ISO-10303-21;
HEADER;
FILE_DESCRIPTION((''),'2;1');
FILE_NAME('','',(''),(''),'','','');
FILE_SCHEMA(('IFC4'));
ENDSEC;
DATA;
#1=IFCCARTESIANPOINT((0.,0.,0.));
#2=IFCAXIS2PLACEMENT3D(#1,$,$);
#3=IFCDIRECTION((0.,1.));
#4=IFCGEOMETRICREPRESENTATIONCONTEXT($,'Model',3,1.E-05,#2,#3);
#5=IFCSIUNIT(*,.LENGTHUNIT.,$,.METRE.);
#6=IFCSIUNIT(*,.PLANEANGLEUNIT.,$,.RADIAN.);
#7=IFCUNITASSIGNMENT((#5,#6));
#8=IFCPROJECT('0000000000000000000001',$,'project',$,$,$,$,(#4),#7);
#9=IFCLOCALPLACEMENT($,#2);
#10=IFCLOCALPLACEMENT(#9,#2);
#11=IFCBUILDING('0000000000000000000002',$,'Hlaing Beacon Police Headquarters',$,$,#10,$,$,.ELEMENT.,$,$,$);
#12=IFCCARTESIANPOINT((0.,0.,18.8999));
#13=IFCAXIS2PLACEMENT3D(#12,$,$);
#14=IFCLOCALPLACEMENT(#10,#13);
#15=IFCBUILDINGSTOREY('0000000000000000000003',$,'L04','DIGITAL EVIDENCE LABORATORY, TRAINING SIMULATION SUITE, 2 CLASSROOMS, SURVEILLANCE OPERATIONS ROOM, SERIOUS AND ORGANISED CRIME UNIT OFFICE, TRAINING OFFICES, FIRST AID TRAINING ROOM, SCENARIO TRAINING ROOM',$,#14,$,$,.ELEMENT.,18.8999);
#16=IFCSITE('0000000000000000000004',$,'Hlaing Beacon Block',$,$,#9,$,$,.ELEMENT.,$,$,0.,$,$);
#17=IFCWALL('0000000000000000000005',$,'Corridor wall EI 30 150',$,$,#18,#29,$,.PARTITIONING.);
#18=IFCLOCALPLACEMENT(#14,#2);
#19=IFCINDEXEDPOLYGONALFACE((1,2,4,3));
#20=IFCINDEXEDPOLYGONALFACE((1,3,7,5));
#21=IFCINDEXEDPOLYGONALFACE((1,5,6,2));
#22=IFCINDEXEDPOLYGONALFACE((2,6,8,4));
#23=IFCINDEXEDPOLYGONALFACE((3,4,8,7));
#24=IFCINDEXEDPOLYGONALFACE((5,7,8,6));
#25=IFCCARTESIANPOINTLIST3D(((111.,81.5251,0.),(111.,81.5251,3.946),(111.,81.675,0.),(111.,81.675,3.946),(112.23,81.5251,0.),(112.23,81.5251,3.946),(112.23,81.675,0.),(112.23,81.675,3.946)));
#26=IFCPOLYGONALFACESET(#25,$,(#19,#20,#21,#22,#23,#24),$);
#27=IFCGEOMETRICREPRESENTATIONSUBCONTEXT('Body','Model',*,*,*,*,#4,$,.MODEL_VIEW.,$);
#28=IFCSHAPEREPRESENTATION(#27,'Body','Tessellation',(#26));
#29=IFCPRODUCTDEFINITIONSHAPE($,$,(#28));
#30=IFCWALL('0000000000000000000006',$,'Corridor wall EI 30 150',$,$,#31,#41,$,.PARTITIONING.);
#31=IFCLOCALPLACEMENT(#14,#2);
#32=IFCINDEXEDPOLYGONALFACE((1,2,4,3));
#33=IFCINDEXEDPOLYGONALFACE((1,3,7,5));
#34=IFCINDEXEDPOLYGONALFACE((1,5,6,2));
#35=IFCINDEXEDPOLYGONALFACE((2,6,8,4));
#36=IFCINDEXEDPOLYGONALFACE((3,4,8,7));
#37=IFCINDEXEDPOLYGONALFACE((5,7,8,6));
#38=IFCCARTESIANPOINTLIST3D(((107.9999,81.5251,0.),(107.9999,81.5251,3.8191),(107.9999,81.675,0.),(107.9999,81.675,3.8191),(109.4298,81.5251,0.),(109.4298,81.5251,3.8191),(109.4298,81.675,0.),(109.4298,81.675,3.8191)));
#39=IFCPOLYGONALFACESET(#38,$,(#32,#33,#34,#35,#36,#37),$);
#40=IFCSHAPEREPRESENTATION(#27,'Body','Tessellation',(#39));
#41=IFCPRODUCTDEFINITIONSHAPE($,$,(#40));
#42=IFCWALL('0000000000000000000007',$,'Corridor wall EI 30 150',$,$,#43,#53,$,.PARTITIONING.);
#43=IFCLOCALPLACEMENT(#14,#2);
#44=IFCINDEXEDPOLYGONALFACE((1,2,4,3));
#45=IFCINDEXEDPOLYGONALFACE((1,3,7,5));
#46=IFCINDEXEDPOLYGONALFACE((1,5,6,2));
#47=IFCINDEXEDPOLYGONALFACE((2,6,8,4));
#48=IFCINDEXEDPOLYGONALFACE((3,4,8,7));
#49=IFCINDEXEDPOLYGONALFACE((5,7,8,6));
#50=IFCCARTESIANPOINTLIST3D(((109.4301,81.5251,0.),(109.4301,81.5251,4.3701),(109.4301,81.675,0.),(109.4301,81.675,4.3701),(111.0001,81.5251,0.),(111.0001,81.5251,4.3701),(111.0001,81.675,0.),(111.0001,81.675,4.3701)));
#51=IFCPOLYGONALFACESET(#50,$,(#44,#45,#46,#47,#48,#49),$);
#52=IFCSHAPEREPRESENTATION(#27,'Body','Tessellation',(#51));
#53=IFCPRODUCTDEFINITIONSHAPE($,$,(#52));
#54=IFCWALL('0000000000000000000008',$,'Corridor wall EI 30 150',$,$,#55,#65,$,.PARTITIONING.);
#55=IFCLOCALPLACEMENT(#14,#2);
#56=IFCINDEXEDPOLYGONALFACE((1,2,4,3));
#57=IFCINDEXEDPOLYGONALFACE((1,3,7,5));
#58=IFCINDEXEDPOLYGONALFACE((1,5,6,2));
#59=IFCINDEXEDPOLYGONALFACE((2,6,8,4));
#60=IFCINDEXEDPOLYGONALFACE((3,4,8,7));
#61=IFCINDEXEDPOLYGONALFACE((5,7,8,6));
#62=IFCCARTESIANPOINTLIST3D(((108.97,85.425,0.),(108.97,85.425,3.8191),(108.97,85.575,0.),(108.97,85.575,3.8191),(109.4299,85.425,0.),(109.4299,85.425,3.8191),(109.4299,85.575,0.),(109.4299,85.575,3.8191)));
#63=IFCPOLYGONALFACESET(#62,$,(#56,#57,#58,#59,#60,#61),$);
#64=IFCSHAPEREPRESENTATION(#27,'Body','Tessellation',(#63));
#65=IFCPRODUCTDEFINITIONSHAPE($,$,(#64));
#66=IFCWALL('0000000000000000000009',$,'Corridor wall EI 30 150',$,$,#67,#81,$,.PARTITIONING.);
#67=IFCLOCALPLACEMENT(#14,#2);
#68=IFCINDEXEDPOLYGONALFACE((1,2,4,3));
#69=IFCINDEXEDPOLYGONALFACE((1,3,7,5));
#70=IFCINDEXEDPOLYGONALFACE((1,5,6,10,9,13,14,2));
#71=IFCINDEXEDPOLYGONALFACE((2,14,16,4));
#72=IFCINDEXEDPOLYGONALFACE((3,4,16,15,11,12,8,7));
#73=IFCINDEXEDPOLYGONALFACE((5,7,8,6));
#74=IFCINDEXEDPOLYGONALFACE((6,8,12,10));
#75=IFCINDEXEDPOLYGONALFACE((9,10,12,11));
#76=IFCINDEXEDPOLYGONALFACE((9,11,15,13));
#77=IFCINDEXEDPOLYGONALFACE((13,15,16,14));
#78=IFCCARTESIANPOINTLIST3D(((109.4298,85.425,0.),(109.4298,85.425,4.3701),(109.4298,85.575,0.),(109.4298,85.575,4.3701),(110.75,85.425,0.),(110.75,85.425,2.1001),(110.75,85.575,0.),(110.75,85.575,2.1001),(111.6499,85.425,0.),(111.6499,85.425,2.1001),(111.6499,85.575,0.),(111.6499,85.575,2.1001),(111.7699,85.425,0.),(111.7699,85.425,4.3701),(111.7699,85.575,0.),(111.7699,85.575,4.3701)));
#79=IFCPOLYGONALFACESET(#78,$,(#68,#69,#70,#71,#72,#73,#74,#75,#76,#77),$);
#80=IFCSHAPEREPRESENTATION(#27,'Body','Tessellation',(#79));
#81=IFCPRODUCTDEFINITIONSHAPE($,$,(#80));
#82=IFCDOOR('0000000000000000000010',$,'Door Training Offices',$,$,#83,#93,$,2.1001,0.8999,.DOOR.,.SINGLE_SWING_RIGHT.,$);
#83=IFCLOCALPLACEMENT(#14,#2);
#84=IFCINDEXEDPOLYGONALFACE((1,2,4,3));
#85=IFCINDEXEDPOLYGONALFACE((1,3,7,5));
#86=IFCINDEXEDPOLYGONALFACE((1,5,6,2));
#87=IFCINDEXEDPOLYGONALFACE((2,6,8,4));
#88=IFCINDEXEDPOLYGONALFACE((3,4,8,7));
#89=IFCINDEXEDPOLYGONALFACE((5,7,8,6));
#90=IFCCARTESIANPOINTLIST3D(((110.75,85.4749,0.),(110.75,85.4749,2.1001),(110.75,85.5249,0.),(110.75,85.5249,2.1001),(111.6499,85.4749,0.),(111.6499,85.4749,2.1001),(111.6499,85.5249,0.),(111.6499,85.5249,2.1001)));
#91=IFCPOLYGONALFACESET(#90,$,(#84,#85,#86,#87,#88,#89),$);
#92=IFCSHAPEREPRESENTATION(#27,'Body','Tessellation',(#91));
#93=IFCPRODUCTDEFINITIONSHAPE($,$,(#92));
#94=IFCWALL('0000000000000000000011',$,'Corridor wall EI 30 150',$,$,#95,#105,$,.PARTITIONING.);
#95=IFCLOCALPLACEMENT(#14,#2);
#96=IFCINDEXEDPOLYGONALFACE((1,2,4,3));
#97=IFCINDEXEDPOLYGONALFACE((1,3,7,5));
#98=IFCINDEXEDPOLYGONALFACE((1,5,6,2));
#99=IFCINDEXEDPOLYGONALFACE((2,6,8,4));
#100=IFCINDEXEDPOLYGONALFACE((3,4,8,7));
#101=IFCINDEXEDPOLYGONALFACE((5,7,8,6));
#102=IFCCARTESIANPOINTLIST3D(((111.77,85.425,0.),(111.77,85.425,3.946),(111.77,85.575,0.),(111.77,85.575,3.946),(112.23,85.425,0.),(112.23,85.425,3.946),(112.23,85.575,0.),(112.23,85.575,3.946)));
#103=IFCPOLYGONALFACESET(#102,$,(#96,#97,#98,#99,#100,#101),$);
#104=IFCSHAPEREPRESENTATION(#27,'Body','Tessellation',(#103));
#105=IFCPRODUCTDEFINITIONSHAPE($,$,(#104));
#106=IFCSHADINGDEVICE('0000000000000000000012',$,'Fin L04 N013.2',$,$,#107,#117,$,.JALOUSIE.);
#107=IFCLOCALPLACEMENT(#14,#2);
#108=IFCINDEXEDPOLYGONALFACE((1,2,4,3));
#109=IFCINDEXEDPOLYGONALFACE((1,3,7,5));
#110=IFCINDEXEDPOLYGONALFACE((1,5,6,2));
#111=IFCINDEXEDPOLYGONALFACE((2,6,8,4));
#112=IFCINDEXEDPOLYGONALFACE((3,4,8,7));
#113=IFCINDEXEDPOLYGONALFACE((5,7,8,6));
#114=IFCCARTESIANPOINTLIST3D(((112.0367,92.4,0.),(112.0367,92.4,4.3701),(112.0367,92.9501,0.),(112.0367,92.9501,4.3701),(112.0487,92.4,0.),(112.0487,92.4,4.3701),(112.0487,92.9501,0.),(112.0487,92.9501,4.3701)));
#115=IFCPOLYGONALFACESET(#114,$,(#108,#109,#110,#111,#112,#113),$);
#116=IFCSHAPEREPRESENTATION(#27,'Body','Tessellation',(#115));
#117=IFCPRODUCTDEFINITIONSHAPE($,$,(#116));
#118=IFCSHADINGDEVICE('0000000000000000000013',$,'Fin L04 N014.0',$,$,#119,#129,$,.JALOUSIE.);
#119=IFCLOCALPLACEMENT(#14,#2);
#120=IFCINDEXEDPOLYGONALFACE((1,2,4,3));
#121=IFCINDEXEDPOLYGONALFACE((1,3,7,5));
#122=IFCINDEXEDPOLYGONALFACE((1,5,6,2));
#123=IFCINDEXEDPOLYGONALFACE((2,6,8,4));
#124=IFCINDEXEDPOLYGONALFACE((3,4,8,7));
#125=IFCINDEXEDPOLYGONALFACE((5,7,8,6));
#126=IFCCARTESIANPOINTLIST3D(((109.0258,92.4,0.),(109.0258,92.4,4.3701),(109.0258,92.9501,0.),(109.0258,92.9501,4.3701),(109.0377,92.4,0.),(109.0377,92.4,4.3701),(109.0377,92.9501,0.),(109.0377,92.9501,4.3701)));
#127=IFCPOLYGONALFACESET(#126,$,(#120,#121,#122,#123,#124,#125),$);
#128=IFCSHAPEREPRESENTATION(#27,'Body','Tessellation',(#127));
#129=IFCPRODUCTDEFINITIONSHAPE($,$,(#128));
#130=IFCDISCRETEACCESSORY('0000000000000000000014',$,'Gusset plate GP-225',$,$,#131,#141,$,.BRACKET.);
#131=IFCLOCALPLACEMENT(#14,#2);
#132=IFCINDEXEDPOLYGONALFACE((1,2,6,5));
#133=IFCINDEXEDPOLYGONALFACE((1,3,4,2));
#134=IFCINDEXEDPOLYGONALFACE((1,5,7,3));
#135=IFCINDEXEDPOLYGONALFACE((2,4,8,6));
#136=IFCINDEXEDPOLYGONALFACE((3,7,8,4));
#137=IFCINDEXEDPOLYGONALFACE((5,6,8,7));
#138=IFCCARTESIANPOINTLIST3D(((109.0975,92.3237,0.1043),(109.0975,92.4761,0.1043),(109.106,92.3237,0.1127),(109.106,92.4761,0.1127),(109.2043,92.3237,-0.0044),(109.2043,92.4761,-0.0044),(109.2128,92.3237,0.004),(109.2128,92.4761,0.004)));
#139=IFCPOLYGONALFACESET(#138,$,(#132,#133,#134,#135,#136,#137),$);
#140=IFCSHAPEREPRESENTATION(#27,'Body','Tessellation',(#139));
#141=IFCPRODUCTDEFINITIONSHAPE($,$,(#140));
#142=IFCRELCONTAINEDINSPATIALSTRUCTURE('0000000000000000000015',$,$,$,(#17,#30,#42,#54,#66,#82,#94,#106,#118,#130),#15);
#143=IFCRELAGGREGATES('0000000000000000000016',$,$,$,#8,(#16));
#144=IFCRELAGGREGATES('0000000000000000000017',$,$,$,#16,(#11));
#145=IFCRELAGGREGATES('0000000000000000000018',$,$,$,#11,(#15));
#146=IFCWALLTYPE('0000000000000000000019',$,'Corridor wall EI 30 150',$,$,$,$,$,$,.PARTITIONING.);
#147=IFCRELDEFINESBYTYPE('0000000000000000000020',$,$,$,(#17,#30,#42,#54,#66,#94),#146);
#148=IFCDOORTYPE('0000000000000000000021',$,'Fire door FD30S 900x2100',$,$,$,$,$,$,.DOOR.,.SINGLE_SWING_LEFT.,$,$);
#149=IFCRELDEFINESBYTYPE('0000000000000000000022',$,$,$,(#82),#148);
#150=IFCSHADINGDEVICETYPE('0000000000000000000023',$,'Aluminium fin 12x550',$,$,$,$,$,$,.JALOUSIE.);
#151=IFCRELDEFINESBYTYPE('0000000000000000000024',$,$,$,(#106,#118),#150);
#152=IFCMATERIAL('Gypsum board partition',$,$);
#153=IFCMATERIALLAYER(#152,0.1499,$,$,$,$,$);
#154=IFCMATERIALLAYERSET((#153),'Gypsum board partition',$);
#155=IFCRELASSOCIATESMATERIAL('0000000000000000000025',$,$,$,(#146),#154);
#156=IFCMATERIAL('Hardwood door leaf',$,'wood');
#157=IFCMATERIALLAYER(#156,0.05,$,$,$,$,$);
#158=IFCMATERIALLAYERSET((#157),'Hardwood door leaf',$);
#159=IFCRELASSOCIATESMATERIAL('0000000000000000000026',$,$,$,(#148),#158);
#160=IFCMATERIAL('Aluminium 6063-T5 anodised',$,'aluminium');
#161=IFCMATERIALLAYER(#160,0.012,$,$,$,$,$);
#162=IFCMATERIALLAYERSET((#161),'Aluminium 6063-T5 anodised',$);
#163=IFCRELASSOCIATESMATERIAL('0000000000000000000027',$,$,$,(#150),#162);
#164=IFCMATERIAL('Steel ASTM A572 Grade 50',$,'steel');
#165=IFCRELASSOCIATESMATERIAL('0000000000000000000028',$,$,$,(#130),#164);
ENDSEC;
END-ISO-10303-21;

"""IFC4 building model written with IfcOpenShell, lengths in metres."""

from ifc_helpers import new_model, si_unit, direction, frame, frame_2d, origin, origin_2d, place, context, subcontext, project, spatial, rectangle, extrude, material, layer, layer_set, type_object, element, fill, save


model = new_model("IFC4")

# Units and contexts
model_context = context("Model", 3, precision=1e-05, world=origin(), true_north=direction((0.0, 1.0)))
body_context = subcontext(model_context, "Body", "Model", "MODEL_VIEW")
ifc_project = project(units=[si_unit("LENGTHUNIT", "METRE"), si_unit("PLANEANGLEUNIT", "RADIAN")], contexts=[model_context])

# Site, building, storey
site_placement = place(None, origin())
site = spatial("IfcSite", under=ifc_project, at=site_placement, Name="Hlaing Beacon Block", CompositionType="ELEMENT", RefElevation=0.0)
building_placement = place(site_placement, origin())
building = spatial("IfcBuilding", under=site, at=building_placement, Name="Hlaing Beacon Police Headquarters", CompositionType="ELEMENT")
storey_placement = place(building_placement, frame((0.0, 0.0, 18.8999)))
storey = spatial("IfcBuildingStorey", under=building, at=storey_placement, Name="L04", Description="DIGITAL EVIDENCE LABORATORY, TRAINING SIMULATION SUITE, 2 CLASSROOMS, SURVEILLANCE OPERATIONS ROOM, SERIOUS AND ORGANISED CRIME UNIT OFFICE, TRAINING OFFICES, FIRST AID TRAINING ROOM, SCENARIO TRAINING ROOM", CompositionType="ELEMENT", Elevation=18.8999)

# Walls
ifc_material_1 = material(Name="Gypsum board partition")
ifc_layer_1 = layer(ifc_material_1, 0.1499)
ifc_layer_set_1 = layer_set([ifc_layer_1], Name="Gypsum board partition")
wall_type = type_object("IfcWallType", Name="Corridor wall EI 30 150", PredefinedType="PARTITIONING", material=ifc_layer_set_1)
wall_1_placement = place(storey_placement, frame((111.0, 81.6001, 0.0), z_axis=(0.0, 0.0, 1.0), x_axis=(1.0, 0.0, 0.0)))
element("IfcWall", 1, at=wall_1_placement, inside=storey, type_object=wall_type, Name="Corridor wall EI 30 150", PredefinedType="PARTITIONING", context=body_context, shape_type="SweptSolid", body=[
    extrude(rectangle(XDim=1.23, YDim=0.1499, at=frame_2d((0.615, 0.0))), origin(), (0.0, 0.0, 1.0), 3.946),
])
wall_2_placement = place(storey_placement, frame((108.0, 81.6001, 0.0), z_axis=(0.0, 0.0, 1.0), x_axis=(1.0, 0.0, 0.0)))
element("IfcWall", 2, at=wall_2_placement, inside=storey, type_object=wall_type, Name="Corridor wall EI 30 150", PredefinedType="PARTITIONING", context=body_context, shape_type="SweptSolid", body=[
    extrude(rectangle(XDim=1.4299, YDim=0.1499, at=frame_2d((0.7148, 0.0))), origin(), (0.0, 0.0, 1.0), 3.8191),
])
wall_3_placement = place(storey_placement, frame((109.4299, 81.6001, 0.0), z_axis=(0.0, 0.0, 1.0), x_axis=(1.0, 0.0, 0.0)))
element("IfcWall", 3, at=wall_3_placement, inside=storey, type_object=wall_type, Name="Corridor wall EI 30 150", PredefinedType="PARTITIONING", context=body_context, shape_type="SweptSolid", body=[
    extrude(rectangle(XDim=1.5701, YDim=0.1499, at=frame_2d((0.7852, 0.0))), origin(), (0.0, 0.0, 1.0), 4.3701),
])
wall_4_placement = place(storey_placement, frame((108.97, 85.5, 0.0), z_axis=(0.0, 0.0, 1.0), x_axis=(1.0, 0.0, 0.0)))
element("IfcWall", 4, at=wall_4_placement, inside=storey, type_object=wall_type, Name="Corridor wall EI 30 150", PredefinedType="PARTITIONING", context=body_context, shape_type="SweptSolid", body=[
    extrude(rectangle(XDim=0.46, YDim=0.1499, at=frame_2d((0.23, 0.0))), origin(), (0.0, 0.0, 1.0), 3.8191),
])

# Wall, opening, door
wall_5_placement = place(storey_placement, frame((109.4299, 85.5, 0.0), z_axis=(0.0, 0.0, 1.0), x_axis=(1.0, 0.0, 0.0)))
wall_5 = element("IfcWall", 5, at=wall_5_placement, inside=storey, type_object=wall_type, Name="Corridor wall EI 30 150", PredefinedType="PARTITIONING", context=body_context, shape_type="SweptSolid", body=[
    extrude(rectangle(XDim=2.3401, YDim=0.1499, at=frame_2d((1.1699, 0.0))), origin(), (0.0, 0.0, 1.0), 4.3701),
])
opening_placement = place(wall_5_placement, frame((1.3201, 0.0, 0.0)))
opening = element("IfcOpeningElement", 6, at=opening_placement, cuts=wall_5, PredefinedType="OPENING", context=body_context, shape_type="SweptSolid", body=[
    extrude(rectangle(XDim=0.8999, YDim=2.1001, at=frame_2d((0.45, 1.05))), frame((0.0, 0.085, 0.0), z_axis=(0.0, -1.0, 0.0), x_axis=(1.0, 0.0, 0.0)), (0.0, 0.0, 1.0), 0.1699),
])
ifc_material_2 = material(Name="Hardwood door leaf", Category="wood")
ifc_layer_2 = layer(ifc_material_2, 0.05)
ifc_layer_set_2 = layer_set([ifc_layer_2], Name="Hardwood door leaf")
door_type = type_object("IfcDoorType", Name="Fire door FD30S 900x2100", OperationType="SINGLE_SWING_LEFT", PredefinedType="DOOR", material=ifc_layer_set_2)
door_placement = place(opening_placement, origin())
door = element("IfcDoor", 7, at=door_placement, inside=storey, type_object=door_type, Name="Door Training Offices", OperationType="SINGLE_SWING_RIGHT", OverallHeight=2.1001, OverallWidth=0.8999, PredefinedType="DOOR", context=body_context, shape_type="SweptSolid", body=[
    extrude(rectangle(XDim=0.8999, YDim=2.1001, at=frame_2d((0.45, 1.05))), frame((0.0, 0.0249, 0.0), z_axis=(0.0, -1.0, 0.0), x_axis=(1.0, 0.0, 0.0)), (0.0, 0.0, 1.0), 0.05),
])
fill(opening, door)

# Wall
wall_6_placement = place(storey_placement, frame((111.77, 85.5, 0.0), z_axis=(0.0, 0.0, 1.0), x_axis=(1.0, 0.0, 0.0)))
element("IfcWall", 8, at=wall_6_placement, inside=storey, type_object=wall_type, Name="Corridor wall EI 30 150", PredefinedType="PARTITIONING", context=body_context, shape_type="SweptSolid", body=[
    extrude(rectangle(XDim=0.46, YDim=0.1499, at=frame_2d((0.23, 0.0))), origin(), (0.0, 0.0, 1.0), 3.946),
])

# Shading devices
ifc_material_3 = material(Name="Aluminium 6063-T5 anodised", Category="aluminium")
ifc_layer_3 = layer(ifc_material_3, 0.012)
ifc_layer_set_3 = layer_set([ifc_layer_3], Name="Aluminium 6063-T5 anodised")
shading_device_type = type_object("IfcShadingDeviceType", Name="Aluminium fin 12x550", PredefinedType="JALOUSIE", material=ifc_layer_set_3)
for number, where, z_axis, x_axis, name in (
    (9, (112.0427, 92.675, 0.0), (0.0, 0.0, 1.0), (-1.0, 0.0, 0.0), "Fin L04 N013.2"),
    (10, (109.0317, 92.675, 0.0), (0.0, 0.0, 1.0), (-1.0, 0.0, 0.0), "Fin L04 N014.0"),
):
    element("IfcShadingDevice", number, at=place(storey_placement, frame(where, z_axis=z_axis, x_axis=x_axis)), inside=storey, type_object=shading_device_type, Name=name, PredefinedType="JALOUSIE", context=body_context, shape_type="SweptSolid", body=[
        extrude(rectangle(XDim=0.012, YDim=0.55, at=origin_2d()), origin(), (0.0, 0.0, 1.0), 4.3701),
    ])

# Discrete accessory
ifc_material_4 = material(Name="Steel ASTM A572 Grade 50", Category="steel")
discrete_accessory_placement = place(storey_placement, frame((109.1594, 92.3999, 0.0583), z_axis=(-0.71343, 0.0, -0.700727), x_axis=(0.0, -1.0, 0.0)))
element("IfcDiscreteAccessory", 11, at=discrete_accessory_placement, inside=storey, material=ifc_material_4, Name="Gusset plate GP-225", PredefinedType="BRACKET", context=body_context, shape_type="SweptSolid", body=[
    extrude(rectangle(XDim=0.1523, YDim=0.1523, at=origin_2d()), origin(), (0.0, 0.0, 1.0), 0.012),
])

save(model, "model.ifc")
